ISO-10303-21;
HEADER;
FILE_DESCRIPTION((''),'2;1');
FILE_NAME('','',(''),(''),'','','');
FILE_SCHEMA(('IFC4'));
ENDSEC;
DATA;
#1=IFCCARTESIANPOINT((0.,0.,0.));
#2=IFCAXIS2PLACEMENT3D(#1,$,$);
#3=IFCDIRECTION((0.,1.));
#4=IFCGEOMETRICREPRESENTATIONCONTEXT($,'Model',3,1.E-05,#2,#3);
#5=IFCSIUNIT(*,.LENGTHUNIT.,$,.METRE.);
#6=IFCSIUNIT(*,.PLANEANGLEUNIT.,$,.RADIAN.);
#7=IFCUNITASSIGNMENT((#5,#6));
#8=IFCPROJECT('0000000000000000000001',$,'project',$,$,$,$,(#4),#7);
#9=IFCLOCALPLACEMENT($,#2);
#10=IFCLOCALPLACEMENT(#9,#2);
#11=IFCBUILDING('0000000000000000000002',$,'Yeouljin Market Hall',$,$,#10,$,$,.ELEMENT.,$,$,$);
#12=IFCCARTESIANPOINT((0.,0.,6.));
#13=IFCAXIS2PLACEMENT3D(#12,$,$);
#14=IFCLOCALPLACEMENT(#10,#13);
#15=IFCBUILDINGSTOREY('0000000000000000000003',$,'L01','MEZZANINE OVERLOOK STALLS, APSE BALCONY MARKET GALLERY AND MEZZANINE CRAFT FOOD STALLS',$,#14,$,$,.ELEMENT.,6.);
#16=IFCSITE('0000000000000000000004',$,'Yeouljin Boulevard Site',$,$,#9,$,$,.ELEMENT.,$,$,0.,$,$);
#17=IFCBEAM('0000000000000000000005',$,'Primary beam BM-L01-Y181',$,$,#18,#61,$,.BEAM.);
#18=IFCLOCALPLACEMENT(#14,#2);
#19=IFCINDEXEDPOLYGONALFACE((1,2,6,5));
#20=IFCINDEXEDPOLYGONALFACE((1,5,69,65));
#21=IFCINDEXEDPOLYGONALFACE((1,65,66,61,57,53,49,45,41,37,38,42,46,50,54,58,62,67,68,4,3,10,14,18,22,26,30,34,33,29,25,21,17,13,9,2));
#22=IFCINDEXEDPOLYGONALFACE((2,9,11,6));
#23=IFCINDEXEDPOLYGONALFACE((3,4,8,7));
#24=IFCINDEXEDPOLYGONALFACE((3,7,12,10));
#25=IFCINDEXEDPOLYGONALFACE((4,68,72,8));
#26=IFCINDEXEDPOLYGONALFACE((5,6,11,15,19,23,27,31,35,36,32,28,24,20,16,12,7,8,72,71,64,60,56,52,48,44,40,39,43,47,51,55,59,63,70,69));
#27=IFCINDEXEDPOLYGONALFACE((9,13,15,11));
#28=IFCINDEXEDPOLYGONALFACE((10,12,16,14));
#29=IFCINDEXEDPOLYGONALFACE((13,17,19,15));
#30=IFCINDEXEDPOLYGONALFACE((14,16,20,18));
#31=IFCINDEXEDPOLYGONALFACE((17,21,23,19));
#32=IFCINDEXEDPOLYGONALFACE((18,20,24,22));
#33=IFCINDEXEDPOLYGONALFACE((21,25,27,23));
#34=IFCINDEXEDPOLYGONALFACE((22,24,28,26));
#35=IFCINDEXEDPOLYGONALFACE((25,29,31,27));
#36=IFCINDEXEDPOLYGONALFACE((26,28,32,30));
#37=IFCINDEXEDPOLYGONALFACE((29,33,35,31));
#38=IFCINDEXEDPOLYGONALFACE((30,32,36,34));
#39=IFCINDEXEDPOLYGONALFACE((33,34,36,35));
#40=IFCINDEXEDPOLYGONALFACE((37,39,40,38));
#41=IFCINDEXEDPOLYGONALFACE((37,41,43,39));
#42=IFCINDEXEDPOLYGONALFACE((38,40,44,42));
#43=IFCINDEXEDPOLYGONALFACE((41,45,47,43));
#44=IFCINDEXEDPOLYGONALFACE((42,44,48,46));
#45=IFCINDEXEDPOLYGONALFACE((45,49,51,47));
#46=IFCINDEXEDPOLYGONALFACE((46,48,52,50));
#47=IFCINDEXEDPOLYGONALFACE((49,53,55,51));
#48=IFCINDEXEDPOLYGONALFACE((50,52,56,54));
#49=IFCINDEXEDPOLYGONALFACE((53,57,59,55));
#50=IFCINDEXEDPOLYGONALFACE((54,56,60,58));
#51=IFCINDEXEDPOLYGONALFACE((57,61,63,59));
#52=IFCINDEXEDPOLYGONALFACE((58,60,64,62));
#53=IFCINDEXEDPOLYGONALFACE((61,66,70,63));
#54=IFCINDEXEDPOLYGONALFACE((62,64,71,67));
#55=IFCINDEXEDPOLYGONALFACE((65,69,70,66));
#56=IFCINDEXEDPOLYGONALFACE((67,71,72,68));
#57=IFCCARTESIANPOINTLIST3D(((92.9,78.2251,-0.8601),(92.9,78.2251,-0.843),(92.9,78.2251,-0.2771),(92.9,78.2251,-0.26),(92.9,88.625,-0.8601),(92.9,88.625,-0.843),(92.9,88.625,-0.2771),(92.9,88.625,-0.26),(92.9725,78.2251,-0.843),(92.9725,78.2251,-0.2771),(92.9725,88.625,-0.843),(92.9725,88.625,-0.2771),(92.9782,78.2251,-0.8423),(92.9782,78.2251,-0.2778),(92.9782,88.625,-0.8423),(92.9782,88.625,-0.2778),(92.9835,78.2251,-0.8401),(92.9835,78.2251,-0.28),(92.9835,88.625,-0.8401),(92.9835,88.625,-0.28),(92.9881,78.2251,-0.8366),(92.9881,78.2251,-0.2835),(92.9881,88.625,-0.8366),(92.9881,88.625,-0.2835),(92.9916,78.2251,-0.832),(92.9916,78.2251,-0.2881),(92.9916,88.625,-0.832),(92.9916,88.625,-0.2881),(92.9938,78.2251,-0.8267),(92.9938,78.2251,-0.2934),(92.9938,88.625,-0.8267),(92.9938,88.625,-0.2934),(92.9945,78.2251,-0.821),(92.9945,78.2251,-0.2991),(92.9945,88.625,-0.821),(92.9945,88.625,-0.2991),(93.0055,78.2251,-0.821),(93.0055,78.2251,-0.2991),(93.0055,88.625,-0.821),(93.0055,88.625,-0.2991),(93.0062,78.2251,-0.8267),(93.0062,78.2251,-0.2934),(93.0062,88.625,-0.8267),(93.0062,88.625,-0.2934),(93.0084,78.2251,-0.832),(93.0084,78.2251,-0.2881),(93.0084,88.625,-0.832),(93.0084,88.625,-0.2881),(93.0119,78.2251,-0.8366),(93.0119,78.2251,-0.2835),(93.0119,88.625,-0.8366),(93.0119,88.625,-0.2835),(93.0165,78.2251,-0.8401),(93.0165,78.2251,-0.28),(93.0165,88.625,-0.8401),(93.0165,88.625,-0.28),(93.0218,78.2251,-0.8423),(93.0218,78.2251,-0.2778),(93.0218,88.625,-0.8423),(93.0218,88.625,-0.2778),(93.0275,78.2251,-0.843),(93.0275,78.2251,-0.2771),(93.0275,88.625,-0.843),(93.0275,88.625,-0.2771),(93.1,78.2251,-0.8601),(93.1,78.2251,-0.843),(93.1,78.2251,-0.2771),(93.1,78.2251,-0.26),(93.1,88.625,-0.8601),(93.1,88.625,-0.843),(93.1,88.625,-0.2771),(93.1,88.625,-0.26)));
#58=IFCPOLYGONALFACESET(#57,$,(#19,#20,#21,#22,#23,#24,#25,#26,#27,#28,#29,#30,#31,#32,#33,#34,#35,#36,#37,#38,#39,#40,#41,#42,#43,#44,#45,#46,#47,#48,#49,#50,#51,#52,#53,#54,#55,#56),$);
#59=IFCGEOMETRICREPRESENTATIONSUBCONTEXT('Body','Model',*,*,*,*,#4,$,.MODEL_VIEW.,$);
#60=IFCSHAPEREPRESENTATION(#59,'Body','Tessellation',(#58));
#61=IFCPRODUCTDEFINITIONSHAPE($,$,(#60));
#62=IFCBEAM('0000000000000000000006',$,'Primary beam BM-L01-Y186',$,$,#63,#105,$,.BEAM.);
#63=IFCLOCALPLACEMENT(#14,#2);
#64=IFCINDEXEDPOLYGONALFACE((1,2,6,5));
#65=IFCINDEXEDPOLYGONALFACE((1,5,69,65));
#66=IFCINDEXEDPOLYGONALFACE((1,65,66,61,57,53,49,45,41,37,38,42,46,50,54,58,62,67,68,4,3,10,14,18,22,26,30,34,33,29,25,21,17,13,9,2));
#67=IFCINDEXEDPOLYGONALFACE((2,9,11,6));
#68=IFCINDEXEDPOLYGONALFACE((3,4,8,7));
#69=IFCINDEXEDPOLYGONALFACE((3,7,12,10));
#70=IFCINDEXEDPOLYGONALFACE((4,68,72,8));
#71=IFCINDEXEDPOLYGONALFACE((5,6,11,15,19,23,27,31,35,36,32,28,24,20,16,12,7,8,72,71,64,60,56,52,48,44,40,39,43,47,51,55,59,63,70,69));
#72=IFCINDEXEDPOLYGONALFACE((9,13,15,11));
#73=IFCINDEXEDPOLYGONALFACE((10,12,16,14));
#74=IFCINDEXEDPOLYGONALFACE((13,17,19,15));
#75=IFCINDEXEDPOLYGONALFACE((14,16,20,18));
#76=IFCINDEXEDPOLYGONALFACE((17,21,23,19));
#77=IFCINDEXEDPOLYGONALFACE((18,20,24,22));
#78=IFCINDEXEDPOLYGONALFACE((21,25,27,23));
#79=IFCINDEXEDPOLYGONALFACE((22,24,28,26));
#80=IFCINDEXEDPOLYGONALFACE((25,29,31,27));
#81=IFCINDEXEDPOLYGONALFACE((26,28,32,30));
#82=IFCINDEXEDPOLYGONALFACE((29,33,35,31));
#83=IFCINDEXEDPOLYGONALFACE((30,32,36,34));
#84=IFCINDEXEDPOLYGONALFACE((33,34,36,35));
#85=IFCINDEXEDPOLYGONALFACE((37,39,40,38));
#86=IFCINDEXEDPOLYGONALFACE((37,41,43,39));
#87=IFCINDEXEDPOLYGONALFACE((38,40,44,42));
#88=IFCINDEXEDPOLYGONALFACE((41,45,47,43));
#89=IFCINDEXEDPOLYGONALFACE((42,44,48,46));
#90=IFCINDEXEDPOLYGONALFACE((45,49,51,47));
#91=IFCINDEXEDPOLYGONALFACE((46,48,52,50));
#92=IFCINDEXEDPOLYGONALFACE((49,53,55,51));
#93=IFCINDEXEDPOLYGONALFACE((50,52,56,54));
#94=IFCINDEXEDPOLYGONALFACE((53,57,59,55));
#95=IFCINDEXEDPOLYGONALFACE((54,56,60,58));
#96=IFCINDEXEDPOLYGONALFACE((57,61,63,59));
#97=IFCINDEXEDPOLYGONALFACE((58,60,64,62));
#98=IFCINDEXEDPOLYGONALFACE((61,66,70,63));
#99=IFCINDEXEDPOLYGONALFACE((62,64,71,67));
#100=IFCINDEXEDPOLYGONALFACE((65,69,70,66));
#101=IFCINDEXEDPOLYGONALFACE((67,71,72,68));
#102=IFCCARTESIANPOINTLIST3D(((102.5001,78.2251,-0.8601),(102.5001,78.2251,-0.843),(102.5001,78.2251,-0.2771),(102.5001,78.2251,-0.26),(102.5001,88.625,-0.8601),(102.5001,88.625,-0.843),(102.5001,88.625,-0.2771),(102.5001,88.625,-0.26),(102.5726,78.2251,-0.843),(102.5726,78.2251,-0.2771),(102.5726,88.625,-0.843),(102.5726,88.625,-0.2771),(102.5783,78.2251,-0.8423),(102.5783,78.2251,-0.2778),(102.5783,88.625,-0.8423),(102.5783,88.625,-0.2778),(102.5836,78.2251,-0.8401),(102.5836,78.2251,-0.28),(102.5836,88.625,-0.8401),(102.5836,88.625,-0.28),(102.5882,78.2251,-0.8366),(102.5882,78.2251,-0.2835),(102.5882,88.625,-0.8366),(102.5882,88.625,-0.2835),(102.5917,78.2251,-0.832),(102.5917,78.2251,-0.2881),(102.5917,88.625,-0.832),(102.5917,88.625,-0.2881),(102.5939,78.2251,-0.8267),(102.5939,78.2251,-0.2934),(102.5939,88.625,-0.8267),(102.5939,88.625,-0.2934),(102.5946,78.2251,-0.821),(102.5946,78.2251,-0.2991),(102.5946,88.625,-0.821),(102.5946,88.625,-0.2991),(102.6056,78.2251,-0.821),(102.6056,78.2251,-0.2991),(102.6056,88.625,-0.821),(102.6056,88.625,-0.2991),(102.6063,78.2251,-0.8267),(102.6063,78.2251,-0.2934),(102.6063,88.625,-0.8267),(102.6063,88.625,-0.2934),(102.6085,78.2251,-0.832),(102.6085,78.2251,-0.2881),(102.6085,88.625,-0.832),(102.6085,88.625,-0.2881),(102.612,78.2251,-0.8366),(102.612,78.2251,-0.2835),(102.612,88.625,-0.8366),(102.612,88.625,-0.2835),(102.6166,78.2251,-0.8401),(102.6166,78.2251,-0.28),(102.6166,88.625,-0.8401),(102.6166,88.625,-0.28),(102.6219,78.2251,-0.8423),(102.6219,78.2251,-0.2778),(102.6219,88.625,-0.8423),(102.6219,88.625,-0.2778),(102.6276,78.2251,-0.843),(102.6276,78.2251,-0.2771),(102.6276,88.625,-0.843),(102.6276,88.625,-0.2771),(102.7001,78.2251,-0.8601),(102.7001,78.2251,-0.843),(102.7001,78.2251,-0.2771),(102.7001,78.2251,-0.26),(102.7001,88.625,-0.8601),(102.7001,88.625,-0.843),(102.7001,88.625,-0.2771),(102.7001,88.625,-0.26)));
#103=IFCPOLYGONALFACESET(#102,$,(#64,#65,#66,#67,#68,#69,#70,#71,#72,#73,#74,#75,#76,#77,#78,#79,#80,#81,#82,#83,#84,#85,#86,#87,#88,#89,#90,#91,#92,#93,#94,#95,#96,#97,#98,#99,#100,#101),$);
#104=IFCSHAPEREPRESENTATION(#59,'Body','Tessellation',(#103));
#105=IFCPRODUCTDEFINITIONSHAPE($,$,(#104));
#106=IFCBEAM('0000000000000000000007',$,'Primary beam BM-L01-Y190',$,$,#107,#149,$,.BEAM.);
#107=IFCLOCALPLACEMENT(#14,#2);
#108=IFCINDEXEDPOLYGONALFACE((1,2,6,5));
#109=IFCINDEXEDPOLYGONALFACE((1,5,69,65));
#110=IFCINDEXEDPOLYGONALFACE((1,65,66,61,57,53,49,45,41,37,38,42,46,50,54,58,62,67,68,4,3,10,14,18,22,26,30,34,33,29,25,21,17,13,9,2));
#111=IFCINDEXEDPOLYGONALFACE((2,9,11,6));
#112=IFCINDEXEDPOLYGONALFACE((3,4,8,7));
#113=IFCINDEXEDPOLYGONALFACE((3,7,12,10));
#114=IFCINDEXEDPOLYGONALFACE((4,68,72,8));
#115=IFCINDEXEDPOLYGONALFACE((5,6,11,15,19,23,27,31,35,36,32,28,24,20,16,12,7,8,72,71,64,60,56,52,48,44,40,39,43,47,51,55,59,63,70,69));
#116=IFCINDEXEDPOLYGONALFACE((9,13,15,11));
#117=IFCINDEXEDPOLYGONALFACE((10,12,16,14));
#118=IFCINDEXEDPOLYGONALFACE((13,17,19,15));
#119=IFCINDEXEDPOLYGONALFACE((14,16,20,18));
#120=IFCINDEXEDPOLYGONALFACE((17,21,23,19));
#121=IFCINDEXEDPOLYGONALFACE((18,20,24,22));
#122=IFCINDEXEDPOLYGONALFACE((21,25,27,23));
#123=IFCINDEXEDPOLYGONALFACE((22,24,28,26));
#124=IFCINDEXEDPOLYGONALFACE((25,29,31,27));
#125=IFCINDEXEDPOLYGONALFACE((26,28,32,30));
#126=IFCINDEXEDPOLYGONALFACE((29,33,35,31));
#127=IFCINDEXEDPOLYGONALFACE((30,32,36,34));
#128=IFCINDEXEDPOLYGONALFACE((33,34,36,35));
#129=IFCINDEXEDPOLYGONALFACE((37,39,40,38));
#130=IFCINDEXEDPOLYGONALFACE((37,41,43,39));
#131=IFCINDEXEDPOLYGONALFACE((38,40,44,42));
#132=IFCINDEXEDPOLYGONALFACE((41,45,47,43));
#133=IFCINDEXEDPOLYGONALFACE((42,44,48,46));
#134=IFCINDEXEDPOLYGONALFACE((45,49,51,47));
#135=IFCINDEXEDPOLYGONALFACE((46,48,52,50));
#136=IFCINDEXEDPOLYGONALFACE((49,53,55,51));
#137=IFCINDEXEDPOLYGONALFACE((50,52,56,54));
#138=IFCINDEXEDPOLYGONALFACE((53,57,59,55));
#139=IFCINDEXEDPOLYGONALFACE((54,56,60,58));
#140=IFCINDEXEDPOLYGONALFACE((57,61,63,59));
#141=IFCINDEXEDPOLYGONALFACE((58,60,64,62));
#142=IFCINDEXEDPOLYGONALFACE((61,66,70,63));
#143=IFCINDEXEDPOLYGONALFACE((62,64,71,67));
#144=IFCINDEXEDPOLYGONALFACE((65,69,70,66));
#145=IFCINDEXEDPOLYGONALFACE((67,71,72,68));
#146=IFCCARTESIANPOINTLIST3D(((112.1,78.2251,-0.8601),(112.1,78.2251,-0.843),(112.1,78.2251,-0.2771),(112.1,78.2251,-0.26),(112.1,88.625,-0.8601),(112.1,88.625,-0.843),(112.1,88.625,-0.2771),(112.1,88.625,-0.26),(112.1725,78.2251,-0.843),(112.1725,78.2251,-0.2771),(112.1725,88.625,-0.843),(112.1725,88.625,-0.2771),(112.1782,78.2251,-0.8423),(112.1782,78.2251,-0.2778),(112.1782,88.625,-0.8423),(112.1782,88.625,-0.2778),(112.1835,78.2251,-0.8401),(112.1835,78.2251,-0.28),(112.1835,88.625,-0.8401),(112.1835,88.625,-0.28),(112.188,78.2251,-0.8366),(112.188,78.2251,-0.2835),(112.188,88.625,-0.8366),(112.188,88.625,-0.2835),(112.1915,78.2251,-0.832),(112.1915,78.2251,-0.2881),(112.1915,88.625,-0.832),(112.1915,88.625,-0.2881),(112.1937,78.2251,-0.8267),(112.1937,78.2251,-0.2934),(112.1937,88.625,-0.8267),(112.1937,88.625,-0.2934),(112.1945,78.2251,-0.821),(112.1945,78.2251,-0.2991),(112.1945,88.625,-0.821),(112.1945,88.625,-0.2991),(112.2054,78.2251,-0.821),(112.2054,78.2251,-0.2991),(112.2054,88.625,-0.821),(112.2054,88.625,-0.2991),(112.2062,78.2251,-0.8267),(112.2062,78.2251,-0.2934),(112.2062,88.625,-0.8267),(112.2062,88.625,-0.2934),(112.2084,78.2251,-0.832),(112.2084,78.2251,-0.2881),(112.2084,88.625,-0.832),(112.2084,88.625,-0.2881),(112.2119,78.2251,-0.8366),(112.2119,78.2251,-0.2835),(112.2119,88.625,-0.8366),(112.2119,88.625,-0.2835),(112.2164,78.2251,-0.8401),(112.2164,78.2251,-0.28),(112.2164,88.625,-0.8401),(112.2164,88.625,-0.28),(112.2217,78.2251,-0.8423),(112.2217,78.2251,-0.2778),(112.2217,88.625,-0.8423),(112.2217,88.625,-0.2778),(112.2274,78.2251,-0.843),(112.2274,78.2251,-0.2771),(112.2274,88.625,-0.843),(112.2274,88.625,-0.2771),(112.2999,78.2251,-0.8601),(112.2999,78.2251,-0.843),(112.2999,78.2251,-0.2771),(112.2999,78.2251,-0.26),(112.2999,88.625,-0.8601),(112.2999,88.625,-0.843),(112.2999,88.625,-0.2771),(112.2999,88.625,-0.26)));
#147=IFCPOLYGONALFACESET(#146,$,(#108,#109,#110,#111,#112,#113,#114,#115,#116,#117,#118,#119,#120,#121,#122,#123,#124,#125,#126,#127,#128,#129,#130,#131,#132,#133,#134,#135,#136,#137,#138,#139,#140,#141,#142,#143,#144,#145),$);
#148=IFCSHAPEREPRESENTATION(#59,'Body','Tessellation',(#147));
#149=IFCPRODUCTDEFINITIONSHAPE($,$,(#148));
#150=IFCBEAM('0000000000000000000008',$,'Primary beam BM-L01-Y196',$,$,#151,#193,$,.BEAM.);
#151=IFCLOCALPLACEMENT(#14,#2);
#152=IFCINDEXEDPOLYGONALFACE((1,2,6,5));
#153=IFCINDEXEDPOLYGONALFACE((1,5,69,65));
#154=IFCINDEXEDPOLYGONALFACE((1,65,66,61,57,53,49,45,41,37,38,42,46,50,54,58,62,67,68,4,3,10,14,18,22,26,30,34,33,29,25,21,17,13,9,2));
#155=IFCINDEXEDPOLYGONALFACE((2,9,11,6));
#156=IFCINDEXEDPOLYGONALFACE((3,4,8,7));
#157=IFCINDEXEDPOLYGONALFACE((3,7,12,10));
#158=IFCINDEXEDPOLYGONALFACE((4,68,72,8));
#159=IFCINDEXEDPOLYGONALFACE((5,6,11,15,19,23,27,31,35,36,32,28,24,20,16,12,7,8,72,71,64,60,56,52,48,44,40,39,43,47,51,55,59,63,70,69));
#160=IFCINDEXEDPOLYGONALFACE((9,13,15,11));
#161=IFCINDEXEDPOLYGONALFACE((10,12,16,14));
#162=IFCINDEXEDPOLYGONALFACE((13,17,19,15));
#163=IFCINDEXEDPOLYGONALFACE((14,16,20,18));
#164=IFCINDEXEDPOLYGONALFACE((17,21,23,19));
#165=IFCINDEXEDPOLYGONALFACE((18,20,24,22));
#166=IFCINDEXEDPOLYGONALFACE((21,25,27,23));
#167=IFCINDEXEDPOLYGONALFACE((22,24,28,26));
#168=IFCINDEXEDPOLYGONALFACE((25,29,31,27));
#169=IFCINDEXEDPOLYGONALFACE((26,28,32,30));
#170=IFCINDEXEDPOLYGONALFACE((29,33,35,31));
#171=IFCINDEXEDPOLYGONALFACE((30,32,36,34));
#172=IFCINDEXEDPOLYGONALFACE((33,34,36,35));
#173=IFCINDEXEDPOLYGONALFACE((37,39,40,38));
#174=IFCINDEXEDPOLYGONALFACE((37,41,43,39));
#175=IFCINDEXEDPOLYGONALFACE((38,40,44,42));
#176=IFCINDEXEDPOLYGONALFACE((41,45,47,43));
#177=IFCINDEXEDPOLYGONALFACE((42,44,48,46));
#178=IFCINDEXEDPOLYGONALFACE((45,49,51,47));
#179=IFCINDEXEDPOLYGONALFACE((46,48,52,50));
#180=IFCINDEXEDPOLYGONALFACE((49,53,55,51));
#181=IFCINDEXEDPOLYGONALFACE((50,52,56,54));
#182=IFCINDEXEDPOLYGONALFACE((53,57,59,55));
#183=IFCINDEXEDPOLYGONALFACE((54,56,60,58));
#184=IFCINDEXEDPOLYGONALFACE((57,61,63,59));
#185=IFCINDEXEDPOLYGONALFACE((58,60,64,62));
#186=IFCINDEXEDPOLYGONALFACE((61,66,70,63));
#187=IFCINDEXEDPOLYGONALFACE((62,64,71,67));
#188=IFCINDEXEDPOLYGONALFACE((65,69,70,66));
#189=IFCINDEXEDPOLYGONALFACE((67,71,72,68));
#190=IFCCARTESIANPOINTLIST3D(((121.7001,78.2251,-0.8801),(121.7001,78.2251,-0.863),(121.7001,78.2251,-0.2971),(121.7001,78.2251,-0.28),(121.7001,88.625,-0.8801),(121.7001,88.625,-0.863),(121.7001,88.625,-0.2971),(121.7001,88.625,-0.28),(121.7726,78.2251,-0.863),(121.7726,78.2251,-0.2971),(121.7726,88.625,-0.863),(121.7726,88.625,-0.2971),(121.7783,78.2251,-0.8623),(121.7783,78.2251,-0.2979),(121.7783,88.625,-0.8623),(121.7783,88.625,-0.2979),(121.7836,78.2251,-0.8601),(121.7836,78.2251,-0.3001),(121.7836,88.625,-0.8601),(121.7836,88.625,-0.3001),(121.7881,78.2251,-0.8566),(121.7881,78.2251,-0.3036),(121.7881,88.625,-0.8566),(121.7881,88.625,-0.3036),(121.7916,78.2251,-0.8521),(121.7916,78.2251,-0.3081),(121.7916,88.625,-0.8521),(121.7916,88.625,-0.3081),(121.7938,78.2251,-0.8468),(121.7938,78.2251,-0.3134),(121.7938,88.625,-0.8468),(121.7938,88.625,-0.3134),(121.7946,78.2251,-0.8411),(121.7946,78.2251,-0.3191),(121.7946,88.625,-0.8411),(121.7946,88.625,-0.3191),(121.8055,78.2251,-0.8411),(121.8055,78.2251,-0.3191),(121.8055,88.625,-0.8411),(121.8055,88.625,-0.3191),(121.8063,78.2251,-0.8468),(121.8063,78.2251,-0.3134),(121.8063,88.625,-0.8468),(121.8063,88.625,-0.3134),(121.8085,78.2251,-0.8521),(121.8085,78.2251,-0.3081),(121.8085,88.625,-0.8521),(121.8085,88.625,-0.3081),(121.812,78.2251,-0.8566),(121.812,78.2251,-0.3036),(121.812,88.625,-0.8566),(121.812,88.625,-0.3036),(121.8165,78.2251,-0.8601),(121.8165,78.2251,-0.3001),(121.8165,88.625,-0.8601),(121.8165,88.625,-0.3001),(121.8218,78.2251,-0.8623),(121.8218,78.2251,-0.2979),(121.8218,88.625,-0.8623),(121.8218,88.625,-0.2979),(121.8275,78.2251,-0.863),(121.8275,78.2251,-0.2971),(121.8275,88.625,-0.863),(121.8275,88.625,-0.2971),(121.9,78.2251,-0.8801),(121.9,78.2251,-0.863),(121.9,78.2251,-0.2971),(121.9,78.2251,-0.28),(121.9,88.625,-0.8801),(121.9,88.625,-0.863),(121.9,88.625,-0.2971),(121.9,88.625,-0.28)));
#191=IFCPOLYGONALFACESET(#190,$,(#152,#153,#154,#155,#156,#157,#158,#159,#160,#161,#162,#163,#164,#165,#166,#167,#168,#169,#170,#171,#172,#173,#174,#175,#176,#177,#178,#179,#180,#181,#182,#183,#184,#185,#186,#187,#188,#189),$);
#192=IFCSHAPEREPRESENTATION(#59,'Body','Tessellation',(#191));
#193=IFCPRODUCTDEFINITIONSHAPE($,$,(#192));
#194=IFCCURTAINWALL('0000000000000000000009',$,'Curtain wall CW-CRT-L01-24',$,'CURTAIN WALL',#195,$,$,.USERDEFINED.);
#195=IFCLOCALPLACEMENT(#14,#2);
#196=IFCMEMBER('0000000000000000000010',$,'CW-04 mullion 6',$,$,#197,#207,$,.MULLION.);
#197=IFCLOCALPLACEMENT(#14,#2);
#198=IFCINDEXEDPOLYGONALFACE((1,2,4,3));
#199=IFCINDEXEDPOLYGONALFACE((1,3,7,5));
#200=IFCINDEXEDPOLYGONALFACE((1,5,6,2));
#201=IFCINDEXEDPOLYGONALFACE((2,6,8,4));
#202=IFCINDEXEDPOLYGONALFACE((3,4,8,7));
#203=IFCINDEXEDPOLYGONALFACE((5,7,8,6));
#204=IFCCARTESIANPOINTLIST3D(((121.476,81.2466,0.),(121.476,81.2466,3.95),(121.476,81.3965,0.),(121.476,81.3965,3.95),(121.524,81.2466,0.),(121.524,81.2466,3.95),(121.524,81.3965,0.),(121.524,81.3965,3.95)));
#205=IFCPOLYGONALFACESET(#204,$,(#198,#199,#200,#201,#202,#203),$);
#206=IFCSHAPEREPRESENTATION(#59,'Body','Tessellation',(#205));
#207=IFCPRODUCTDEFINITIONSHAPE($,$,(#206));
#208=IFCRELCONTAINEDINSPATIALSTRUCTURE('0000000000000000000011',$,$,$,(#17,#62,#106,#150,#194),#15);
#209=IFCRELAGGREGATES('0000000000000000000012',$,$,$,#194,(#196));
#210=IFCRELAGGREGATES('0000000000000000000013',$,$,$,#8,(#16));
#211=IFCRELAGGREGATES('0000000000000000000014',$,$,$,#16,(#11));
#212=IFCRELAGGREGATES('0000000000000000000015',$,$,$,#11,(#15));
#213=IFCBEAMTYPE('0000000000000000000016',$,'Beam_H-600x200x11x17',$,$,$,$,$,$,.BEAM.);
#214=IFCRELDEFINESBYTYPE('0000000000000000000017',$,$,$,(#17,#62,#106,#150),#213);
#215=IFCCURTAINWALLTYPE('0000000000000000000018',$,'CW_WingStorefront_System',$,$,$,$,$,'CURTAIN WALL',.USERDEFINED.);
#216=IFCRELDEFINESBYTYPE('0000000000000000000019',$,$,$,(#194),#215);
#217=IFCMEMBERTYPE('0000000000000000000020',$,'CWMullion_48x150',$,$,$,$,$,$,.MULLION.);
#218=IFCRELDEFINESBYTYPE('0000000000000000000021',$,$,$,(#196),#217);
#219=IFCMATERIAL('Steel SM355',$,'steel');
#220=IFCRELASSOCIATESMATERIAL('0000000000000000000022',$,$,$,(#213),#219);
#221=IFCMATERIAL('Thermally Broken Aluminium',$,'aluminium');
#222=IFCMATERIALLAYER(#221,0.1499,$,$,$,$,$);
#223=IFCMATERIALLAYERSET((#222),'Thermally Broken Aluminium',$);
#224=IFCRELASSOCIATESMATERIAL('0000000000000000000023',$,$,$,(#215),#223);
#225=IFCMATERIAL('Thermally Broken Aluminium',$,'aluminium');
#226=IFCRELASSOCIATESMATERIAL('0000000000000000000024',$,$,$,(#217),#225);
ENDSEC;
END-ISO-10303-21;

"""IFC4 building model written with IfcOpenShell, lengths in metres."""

from ifc_helpers import new_model, si_unit, direction, frame, origin, origin_2d, place, context, subcontext, project, spatial, rectangle, i_section, extrude, material, layer, layer_set, material_profile, profile_set, type_object, element, aggregate, save


model = new_model("IFC4")

# Units and contexts
model_context = context("Model", 3, precision=1e-05, world=origin(), true_north=direction((0.0, 1.0)))
body_context = subcontext(model_context, "Body", "Model", "MODEL_VIEW")
ifc_project = project(units=[si_unit("LENGTHUNIT", "METRE"), si_unit("PLANEANGLEUNIT", "RADIAN")], contexts=[model_context])

# Site, building, storey
site_placement = place(None, origin())
site = spatial("IfcSite", under=ifc_project, at=site_placement, Name="Yeouljin Boulevard Site", CompositionType="ELEMENT", RefElevation=0.0)
building_placement = place(site_placement, origin())
building = spatial("IfcBuilding", under=site, at=building_placement, Name="Yeouljin Market Hall", CompositionType="ELEMENT")
storey_placement = place(building_placement, frame((0.0, 0.0, 6.0)))
storey = spatial("IfcBuildingStorey", under=building, at=storey_placement, Name="L01", Description="MEZZANINE OVERLOOK STALLS, APSE BALCONY MARKET GALLERY AND MEZZANINE CRAFT FOOD STALLS", CompositionType="ELEMENT", Elevation=6.0)

# Beams
ifc_material_1 = material(Name="Steel SM355", Category="steel")
ifc_material_profile_1 = material_profile(ifc_material_1, i_section(OverallWidth=0.2, OverallDepth=0.6001, WebThickness=0.011, FlangeThickness=0.0171, FilletRadius=0.022, at=origin_2d()), Name="H-600x200x11x17")
ifc_profile_set_1 = profile_set([ifc_material_profile_1], Name="Steel SM355")
beam_type_1 = type_object("IfcBeamType", Name="Beam_H-600x200x11x17", PredefinedType="BEAM", material=ifc_profile_set_1)
for number, where, z_axis, x_axis, name in (
    (1, (93.0, 78.2251, -0.5601), (0.0, 1.0, 0.0), (-1.0, 0.0, 0.0), "Primary beam BM-L01-Y181"),
    (2, (102.6001, 78.2251, -0.5601), (0.0, 1.0, 0.0), (-1.0, 0.0, 0.0), "Primary beam BM-L01-Y186"),
    (3, (112.2, 78.2251, -0.5601), (0.0, 1.0, 0.0), (-1.0, 0.0, 0.0), "Primary beam BM-L01-Y190"),
    (4, (121.8, 78.2251, -0.5801), (0.0, 1.0, 0.0), (-1.0, 0.0, 0.0), "Primary beam BM-L01-Y196"),
):
    element("IfcBeam", number, at=place(storey_placement, frame(where, z_axis=z_axis, x_axis=x_axis)), inside=storey, type_object=beam_type_1, Name=name, PredefinedType="BEAM", context=body_context, shape_type="SweptSolid", body=[
        extrude(i_section(OverallWidth=0.2, OverallDepth=0.6001, WebThickness=0.011, FlangeThickness=0.0171, FilletRadius=0.022, at=origin_2d()), origin(), (0.0, 0.0, 1.0), 10.3999),
    ])

# Curtain wall, member
ifc_material_2 = material(Name="Thermally Broken Aluminium", Category="aluminium")
ifc_layer_1 = layer(ifc_material_2, 0.1499)
ifc_layer_set_1 = layer_set([ifc_layer_1], Name="Thermally Broken Aluminium")
curtain_wall_type = type_object("IfcCurtainWallType", Name="CW_WingStorefront_System", ElementType="CURTAIN WALL", PredefinedType="USERDEFINED", material=ifc_layer_set_1)
curtain_wall_placement = place(storey_placement, origin())
curtain_wall = element("IfcCurtainWall", 5, at=curtain_wall_placement, inside=storey, type_object=curtain_wall_type, Name="Curtain wall CW-CRT-L01-24", ObjectType="CURTAIN WALL", PredefinedType="USERDEFINED")
ifc_material_3 = material(Name="Thermally Broken Aluminium", Category="aluminium")
ifc_material_profile_2 = material_profile(ifc_material_3, rectangle(XDim=0.0481, YDim=0.1499, at=origin_2d()), Name="CW-MULL-48x150")
ifc_profile_set_2 = profile_set([ifc_material_profile_2], Name="Thermally Broken Aluminium")
member_type_1 = type_object("IfcMemberType", Name="CWMullion_48x150", PredefinedType="MULLION", material=ifc_profile_set_2)
member_1_placement = place(storey_placement, frame((121.5, 81.3215, 0.0), z_axis=(0.0, 0.0, 1.0), x_axis=(1.0, 0.0, 0.0)))
member_1 = element("IfcMember", 6, at=member_1_placement, type_object=member_type_1, Name="CW-04 mullion 6", PredefinedType="MULLION", context=body_context, shape_type="SweptSolid", body=[
    extrude(rectangle(XDim=0.0481, YDim=0.1499, at=origin_2d()), origin(), (0.0, 0.0, 1.0), 3.95),
])

aggregate(curtain_wall, [member_1])

save(model, "model.ifc")
